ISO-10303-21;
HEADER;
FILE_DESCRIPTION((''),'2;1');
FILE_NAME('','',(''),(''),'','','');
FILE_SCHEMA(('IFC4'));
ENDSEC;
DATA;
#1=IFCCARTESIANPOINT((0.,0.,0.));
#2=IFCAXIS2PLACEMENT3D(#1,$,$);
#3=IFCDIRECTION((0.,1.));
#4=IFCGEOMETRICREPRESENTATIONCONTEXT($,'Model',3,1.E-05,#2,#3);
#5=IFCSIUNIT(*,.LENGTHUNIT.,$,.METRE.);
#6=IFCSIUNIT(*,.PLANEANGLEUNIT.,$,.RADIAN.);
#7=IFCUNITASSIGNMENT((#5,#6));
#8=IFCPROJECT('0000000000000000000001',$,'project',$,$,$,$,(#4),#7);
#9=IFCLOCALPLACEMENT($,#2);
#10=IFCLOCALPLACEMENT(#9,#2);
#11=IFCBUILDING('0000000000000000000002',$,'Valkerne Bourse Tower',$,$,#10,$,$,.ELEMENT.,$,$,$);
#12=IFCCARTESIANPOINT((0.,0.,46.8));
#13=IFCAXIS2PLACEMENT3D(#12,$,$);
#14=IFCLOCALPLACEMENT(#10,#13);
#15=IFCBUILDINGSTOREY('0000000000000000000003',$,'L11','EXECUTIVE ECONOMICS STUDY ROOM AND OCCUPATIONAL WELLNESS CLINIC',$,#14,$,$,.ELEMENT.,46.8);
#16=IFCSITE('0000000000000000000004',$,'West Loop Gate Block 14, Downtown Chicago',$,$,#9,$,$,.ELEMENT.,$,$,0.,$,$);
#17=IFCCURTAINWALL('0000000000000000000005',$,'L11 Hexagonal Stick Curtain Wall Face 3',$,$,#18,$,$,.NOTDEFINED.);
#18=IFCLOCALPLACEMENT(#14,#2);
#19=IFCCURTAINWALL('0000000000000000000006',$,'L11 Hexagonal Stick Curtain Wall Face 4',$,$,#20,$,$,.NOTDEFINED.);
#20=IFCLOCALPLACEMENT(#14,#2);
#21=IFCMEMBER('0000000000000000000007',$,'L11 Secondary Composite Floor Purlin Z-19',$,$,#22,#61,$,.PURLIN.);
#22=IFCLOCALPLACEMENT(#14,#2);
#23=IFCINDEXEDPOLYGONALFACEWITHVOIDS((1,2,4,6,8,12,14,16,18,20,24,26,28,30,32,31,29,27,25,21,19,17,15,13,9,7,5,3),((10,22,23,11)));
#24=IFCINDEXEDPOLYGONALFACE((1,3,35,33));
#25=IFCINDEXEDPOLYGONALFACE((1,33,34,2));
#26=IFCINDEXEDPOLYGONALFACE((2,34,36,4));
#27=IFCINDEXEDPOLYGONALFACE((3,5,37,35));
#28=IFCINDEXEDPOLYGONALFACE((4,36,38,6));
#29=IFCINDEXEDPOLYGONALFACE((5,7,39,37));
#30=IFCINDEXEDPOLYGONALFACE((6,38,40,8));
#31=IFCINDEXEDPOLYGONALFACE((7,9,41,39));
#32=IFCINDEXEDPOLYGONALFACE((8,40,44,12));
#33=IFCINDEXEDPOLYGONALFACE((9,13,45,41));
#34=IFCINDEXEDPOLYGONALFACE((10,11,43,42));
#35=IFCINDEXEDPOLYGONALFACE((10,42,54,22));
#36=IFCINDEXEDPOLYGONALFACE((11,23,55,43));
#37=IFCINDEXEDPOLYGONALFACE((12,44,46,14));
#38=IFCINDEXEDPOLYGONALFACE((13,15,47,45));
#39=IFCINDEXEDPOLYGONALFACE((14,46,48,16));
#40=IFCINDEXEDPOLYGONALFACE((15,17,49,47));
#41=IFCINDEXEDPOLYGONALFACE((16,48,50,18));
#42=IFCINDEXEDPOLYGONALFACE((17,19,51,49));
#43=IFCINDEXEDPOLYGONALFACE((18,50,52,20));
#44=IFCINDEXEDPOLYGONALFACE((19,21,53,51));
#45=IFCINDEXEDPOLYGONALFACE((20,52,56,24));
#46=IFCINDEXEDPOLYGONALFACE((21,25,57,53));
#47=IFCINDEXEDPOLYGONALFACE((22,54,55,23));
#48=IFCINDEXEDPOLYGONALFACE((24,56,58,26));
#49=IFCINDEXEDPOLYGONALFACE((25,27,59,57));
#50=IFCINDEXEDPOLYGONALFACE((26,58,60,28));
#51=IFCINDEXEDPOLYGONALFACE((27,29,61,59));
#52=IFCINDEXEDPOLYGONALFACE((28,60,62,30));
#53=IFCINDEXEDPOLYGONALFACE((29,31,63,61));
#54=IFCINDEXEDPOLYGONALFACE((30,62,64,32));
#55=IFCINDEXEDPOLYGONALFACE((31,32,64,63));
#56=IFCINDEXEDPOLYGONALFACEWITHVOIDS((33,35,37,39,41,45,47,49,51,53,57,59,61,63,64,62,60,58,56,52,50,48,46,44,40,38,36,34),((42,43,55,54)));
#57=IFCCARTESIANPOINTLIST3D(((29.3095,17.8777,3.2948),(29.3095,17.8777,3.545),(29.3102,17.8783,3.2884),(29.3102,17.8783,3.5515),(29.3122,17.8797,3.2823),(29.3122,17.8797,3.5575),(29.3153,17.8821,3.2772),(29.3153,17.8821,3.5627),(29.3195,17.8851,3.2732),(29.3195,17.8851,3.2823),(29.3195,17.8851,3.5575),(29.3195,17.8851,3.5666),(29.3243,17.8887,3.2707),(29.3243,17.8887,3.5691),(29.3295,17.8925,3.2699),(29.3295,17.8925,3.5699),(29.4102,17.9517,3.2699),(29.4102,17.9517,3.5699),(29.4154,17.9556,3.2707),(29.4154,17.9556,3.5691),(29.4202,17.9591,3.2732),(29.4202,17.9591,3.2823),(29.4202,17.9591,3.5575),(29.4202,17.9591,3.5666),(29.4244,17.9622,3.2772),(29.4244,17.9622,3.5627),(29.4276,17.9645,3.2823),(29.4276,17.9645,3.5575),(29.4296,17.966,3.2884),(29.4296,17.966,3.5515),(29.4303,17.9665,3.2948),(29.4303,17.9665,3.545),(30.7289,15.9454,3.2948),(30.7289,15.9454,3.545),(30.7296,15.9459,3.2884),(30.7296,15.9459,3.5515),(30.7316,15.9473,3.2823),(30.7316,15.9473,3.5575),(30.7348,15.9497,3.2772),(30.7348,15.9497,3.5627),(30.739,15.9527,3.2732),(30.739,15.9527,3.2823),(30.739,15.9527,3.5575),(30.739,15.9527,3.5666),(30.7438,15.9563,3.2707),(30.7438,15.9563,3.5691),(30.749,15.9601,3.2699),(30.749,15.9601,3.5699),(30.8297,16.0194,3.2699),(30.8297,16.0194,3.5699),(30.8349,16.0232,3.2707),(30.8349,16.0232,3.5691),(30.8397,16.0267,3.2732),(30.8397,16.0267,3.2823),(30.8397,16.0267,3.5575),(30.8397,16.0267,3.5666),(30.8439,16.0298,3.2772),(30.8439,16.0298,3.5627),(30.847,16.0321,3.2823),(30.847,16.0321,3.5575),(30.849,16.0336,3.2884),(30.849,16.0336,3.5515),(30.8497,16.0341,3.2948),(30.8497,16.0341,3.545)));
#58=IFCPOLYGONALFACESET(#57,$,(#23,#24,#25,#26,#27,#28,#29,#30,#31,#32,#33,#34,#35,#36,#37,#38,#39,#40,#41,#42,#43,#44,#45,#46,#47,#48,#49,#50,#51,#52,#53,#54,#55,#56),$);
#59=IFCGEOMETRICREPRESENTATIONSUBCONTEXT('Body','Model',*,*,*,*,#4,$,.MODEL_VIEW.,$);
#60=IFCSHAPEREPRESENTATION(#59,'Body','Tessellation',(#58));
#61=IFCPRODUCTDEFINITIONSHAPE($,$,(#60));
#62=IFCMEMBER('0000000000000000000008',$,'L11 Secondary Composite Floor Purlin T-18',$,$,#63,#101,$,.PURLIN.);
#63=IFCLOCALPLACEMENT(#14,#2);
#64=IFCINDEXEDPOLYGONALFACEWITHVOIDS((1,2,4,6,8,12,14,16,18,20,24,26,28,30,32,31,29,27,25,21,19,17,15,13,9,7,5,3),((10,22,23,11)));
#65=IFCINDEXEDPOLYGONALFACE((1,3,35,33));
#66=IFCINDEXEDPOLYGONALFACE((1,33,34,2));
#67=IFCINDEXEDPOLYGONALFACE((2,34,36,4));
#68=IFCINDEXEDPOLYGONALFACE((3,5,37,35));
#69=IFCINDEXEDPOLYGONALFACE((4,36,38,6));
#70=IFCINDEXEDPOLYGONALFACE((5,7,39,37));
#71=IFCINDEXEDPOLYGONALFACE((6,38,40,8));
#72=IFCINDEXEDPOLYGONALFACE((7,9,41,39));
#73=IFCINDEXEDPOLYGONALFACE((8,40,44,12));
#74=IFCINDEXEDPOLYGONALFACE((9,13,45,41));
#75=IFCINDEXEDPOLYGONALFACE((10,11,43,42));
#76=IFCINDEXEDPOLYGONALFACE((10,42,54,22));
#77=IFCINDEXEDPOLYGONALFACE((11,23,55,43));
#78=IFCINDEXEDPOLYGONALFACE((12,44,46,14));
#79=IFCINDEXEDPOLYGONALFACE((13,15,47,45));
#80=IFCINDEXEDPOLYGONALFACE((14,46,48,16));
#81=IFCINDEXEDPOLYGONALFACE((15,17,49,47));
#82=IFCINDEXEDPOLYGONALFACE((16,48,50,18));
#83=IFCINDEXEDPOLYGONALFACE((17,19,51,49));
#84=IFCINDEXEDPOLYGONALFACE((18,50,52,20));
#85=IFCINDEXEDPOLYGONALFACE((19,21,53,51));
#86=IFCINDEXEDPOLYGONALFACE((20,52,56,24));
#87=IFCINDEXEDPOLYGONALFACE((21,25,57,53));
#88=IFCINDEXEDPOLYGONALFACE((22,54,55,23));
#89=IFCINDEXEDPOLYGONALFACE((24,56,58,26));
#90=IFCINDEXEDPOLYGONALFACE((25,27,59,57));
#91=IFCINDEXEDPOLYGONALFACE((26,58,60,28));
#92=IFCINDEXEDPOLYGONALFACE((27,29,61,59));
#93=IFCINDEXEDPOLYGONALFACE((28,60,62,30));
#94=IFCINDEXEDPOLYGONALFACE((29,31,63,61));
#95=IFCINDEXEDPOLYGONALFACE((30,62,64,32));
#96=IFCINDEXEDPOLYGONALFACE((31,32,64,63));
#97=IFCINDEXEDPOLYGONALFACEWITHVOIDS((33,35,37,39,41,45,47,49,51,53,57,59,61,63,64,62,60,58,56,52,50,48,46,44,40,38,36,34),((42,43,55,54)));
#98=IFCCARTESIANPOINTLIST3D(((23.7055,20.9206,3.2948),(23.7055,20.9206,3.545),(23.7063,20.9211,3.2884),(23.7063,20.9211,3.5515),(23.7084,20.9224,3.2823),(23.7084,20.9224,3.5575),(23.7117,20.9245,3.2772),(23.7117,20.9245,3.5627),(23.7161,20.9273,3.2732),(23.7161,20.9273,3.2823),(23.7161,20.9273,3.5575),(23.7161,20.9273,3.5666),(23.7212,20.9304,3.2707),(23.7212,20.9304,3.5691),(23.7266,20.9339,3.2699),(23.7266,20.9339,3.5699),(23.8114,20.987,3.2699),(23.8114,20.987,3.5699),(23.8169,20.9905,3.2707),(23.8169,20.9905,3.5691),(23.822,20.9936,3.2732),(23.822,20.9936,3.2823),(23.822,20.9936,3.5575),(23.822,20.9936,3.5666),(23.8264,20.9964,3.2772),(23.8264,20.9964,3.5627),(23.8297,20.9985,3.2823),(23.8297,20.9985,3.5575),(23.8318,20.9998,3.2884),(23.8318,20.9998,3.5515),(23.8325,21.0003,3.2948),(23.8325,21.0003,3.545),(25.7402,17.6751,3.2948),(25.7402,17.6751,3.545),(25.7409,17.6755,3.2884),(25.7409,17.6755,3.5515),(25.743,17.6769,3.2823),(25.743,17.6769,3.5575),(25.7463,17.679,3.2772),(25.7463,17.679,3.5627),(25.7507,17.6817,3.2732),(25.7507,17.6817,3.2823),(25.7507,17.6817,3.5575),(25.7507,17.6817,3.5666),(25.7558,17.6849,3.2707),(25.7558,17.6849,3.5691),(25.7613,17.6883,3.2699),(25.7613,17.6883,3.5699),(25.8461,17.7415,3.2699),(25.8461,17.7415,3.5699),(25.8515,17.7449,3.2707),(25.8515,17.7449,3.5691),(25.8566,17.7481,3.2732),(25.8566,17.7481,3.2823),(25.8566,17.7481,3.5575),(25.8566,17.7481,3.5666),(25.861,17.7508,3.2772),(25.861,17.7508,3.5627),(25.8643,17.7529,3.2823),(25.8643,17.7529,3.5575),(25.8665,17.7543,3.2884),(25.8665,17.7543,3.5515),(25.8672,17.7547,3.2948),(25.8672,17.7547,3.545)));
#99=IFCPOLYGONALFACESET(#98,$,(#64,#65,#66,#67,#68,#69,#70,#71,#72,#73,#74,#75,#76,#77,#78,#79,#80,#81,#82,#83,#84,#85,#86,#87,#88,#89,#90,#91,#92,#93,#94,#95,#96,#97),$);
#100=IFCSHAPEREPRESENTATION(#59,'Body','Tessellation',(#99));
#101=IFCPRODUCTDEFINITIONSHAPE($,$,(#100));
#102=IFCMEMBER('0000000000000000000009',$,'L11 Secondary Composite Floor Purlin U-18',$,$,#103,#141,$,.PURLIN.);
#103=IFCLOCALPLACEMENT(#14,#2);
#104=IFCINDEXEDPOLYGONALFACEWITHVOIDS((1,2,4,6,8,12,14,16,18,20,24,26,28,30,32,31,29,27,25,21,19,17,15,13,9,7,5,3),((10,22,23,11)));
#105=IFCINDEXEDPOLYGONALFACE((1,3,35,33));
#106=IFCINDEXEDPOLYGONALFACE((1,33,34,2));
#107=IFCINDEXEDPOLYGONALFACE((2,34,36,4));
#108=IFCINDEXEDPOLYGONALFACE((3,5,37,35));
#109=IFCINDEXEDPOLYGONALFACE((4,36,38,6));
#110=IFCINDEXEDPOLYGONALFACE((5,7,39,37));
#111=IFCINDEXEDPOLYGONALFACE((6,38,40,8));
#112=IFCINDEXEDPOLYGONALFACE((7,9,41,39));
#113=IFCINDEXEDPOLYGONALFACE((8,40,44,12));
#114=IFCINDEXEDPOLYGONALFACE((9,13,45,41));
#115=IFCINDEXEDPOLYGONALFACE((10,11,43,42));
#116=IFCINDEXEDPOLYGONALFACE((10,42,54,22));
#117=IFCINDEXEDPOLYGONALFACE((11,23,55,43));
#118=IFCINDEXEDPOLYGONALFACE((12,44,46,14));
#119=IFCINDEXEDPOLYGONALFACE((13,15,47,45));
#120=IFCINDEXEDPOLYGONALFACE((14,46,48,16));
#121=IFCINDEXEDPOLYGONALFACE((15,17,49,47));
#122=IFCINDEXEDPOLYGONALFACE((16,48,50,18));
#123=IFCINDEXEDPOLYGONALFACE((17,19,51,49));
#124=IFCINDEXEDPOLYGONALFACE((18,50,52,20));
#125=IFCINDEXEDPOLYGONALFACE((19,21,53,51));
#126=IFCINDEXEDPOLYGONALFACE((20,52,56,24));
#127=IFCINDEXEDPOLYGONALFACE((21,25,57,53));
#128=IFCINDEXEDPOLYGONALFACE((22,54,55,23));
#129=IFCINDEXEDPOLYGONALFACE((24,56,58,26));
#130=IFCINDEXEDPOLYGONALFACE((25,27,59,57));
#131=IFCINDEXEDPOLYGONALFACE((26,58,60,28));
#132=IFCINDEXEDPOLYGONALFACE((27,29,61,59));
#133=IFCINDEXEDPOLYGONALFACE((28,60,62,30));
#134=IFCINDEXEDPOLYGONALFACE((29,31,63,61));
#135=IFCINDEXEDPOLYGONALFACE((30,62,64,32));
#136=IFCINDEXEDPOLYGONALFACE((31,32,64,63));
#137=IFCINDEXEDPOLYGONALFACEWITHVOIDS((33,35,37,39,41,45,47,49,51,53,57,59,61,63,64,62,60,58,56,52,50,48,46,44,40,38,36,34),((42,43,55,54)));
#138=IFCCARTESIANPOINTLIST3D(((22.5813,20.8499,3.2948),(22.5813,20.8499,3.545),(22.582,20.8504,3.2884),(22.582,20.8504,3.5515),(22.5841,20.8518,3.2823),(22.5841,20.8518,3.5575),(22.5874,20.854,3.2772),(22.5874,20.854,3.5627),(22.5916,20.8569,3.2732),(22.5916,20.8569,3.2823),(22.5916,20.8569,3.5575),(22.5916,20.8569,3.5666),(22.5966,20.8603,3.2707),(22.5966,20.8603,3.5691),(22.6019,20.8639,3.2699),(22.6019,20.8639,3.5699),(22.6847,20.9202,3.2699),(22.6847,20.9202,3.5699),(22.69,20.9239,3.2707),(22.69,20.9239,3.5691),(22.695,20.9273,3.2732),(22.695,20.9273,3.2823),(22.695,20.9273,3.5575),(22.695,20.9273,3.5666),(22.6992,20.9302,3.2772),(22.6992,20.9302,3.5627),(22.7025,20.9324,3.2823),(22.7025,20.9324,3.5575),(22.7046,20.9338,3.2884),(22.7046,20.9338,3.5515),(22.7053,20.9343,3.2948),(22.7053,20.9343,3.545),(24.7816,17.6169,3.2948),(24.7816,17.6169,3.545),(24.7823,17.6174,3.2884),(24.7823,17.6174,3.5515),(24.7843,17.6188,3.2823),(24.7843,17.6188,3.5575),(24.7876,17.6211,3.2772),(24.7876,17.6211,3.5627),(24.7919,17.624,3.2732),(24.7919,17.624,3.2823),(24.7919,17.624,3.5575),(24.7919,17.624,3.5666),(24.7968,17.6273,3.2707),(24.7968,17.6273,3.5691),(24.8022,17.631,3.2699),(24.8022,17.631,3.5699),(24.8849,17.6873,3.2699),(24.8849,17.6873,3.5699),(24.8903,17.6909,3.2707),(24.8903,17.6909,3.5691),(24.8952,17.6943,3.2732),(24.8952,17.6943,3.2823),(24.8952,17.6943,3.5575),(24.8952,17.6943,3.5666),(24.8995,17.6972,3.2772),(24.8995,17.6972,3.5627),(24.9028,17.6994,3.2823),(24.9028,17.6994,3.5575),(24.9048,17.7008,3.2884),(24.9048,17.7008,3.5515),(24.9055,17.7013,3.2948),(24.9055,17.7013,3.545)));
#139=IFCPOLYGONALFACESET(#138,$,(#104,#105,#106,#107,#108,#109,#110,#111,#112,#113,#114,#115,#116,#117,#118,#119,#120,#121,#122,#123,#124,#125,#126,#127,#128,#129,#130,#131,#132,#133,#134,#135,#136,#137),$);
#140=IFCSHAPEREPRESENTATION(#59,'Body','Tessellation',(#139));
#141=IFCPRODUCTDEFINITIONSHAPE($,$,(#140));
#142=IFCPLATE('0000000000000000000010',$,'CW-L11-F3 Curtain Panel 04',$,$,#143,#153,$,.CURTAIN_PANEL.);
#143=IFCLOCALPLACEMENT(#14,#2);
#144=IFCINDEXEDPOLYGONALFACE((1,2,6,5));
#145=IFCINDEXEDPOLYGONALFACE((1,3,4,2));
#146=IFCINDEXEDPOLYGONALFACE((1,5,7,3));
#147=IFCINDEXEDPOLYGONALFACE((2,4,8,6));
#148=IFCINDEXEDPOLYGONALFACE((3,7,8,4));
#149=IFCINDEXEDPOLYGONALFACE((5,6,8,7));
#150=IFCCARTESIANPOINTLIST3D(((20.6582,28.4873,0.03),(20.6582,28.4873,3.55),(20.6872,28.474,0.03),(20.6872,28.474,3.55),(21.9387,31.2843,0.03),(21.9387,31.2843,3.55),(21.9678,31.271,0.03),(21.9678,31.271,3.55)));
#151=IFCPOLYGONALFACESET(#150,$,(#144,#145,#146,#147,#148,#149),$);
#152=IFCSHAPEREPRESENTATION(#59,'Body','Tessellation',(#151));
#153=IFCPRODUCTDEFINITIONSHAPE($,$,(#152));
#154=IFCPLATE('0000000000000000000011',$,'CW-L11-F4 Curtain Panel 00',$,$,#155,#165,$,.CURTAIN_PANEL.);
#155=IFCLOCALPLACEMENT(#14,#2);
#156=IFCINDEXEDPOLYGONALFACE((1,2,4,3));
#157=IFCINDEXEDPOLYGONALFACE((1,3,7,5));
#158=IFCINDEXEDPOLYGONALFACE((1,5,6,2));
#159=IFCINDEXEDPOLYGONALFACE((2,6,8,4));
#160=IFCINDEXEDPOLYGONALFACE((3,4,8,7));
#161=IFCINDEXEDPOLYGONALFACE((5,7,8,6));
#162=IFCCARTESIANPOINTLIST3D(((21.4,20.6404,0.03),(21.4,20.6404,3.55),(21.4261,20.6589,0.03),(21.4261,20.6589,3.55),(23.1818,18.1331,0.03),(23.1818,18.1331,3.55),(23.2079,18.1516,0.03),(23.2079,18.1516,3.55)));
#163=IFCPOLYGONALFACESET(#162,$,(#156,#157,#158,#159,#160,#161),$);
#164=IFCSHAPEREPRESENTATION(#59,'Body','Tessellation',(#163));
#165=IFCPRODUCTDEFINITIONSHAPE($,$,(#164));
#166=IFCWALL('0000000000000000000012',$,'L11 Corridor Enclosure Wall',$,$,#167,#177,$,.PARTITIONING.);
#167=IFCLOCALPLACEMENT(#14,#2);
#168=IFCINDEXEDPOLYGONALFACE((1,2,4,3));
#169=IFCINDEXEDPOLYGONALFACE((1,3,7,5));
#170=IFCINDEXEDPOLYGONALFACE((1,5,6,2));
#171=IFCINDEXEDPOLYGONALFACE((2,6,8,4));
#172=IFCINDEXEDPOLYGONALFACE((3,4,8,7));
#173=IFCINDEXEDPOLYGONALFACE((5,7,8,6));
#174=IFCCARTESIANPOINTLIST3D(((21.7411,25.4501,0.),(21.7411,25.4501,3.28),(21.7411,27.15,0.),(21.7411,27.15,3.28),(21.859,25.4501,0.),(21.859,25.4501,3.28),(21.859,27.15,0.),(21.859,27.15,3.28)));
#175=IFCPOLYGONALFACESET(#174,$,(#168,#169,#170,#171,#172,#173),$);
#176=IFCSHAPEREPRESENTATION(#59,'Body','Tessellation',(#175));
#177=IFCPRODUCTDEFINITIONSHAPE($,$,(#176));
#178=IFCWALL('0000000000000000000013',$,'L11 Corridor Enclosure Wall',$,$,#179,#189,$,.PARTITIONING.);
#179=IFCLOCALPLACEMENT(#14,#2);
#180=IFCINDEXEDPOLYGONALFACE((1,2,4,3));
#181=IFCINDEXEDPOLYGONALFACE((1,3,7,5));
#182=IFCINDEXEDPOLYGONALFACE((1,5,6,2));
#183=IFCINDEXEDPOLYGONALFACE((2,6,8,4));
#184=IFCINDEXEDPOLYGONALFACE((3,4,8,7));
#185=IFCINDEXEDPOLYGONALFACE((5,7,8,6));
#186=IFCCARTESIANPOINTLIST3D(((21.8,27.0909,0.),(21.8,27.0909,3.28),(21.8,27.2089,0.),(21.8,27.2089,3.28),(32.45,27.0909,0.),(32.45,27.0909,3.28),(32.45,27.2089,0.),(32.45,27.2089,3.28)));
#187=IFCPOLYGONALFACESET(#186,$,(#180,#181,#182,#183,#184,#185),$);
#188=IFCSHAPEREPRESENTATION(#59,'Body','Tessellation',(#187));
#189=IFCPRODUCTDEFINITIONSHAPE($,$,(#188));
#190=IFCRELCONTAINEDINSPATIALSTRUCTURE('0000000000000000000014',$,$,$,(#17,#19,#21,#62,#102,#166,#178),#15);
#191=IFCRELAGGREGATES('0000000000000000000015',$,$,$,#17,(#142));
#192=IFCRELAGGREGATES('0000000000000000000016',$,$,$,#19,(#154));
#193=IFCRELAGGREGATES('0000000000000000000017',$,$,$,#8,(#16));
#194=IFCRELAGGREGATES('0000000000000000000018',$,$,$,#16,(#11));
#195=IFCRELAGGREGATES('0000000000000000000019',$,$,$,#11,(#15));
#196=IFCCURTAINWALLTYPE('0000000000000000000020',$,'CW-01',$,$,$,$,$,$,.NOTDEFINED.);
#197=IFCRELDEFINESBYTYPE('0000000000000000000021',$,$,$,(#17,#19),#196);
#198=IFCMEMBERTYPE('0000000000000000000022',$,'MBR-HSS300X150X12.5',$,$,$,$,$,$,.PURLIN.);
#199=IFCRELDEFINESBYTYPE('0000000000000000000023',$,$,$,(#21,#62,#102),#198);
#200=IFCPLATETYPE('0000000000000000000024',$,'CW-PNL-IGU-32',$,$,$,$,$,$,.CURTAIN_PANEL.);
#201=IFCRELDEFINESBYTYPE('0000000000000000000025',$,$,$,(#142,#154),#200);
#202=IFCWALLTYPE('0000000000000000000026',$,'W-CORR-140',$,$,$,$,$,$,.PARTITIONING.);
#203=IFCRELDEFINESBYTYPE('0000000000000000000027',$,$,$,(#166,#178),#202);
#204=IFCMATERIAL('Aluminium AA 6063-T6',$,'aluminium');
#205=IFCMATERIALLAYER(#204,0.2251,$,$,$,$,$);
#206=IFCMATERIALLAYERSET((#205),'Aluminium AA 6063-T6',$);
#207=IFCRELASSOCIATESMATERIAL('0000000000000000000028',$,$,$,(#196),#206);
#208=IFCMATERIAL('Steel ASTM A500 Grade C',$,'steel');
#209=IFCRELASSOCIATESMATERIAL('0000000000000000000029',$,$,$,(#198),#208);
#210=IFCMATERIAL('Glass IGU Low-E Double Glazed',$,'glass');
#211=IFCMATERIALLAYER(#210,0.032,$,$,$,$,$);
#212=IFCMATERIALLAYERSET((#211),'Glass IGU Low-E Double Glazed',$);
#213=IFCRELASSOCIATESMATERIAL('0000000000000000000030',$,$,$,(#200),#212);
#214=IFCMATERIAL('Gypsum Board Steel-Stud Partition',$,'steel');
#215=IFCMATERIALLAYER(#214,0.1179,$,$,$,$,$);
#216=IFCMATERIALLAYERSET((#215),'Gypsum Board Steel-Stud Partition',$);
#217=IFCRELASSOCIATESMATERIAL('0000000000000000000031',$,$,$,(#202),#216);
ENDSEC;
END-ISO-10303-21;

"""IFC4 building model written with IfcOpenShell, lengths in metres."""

from ifc_helpers import new_model, si_unit, direction, frame, frame_2d, origin, origin_2d, place, context, subcontext, project, spatial, rectangle, hollow_rectangle, extrude, material, layer, layer_set, material_profile, profile_set, type_object, element, aggregate, save


model = new_model("IFC4")

# Units and contexts
model_context = context("Model", 3, precision=1e-05, world=origin(), true_north=direction((0.0, 1.0)))
body_context = subcontext(model_context, "Body", "Model", "MODEL_VIEW")
ifc_project = project(units=[si_unit("LENGTHUNIT", "METRE"), si_unit("PLANEANGLEUNIT", "RADIAN")], contexts=[model_context])

# Site, building, storey
site_placement = place(None, origin())
site = spatial("IfcSite", under=ifc_project, at=site_placement, Name="West Loop Gate Block 14, Downtown Chicago", CompositionType="ELEMENT", RefElevation=0.0)
building_placement = place(site_placement, origin())
building = spatial("IfcBuilding", under=site, at=building_placement, Name="Valkerne Bourse Tower", CompositionType="ELEMENT")
storey_placement = place(building_placement, frame((0.0, 0.0, 46.8)))
storey = spatial("IfcBuildingStorey", under=building, at=storey_placement, Name="L11", Description="EXECUTIVE ECONOMICS STUDY ROOM AND OCCUPATIONAL WELLNESS CLINIC", CompositionType="ELEMENT", Elevation=46.8)

# Curtain walls
ifc_material_1 = material(Name="Aluminium AA 6063-T6", Category="aluminium")
ifc_layer_1 = layer(ifc_material_1, 0.2251)
ifc_layer_set_1 = layer_set([ifc_layer_1], Name="Aluminium AA 6063-T6")
curtain_wall_type = type_object("IfcCurtainWallType", Name="CW-01", PredefinedType="NOTDEFINED", material=ifc_layer_set_1)
curtain_wall_1_placement = place(storey_placement, origin())
curtain_wall_1 = element("IfcCurtainWall", 1, at=curtain_wall_1_placement, inside=storey, type_object=curtain_wall_type, Name="L11 Hexagonal Stick Curtain Wall Face 3", PredefinedType="NOTDEFINED")
curtain_wall_2_placement = place(storey_placement, origin())
curtain_wall_2 = element("IfcCurtainWall", 2, at=curtain_wall_2_placement, inside=storey, type_object=curtain_wall_type, Name="L11 Hexagonal Stick Curtain Wall Face 4", PredefinedType="NOTDEFINED")

# Members
ifc_material_2 = material(Name="Steel ASTM A500 Grade C", Category="steel")
ifc_material_profile_1 = material_profile(ifc_material_2, hollow_rectangle(XDim=0.1499, YDim=0.3, WallThickness=0.0125, OuterFilletRadius=0.0249, at=origin_2d()), Name="HSS300X150X12.5")
ifc_profile_set_1 = profile_set([ifc_material_profile_1], Name="Steel ASTM A500 Grade C")
member_type_1 = type_object("IfcMemberType", Name="MBR-HSS300X150X12.5", PredefinedType="PURLIN", material=ifc_profile_set_1)
member_1_placement = place(storey_placement, frame((29.3699, 17.9221, 3.4199), z_axis=(0.592004, -0.805935, 0.0), x_axis=(0.805935, 0.592004, 0.0)))
element("IfcMember", 3, at=member_1_placement, inside=storey, type_object=member_type_1, Name="L11 Secondary Composite Floor Purlin Z-19", PredefinedType="PURLIN", context=body_context, shape_type="SweptSolid", body=[
    extrude(hollow_rectangle(XDim=0.1499, YDim=0.3, WallThickness=0.0125, OuterFilletRadius=0.0249, at=origin_2d()), origin(), (0.0, 0.0, 1.0), 2.3977),
])
member_2_placement = place(storey_placement, frame((23.769, 20.9604, 3.4199), z_axis=(0.531156, -0.847274, 0.0), x_axis=(0.847274, 0.531156, 0.0)))
element("IfcMember", 4, at=member_2_placement, inside=storey, type_object=member_type_1, Name="L11 Secondary Composite Floor Purlin T-18", PredefinedType="PURLIN", context=body_context, shape_type="SweptSolid", body=[
    extrude(hollow_rectangle(XDim=0.1499, YDim=0.3, WallThickness=0.0125, OuterFilletRadius=0.0249, at=origin_2d()), origin(), (0.0, 0.0, 1.0), 3.8306),
])
member_3_placement = place(storey_placement, frame((22.6433, 20.8921, 3.4199), z_axis=(0.562628, -0.82671, 0.0), x_axis=(0.82671, 0.562628, 0.0)))
element("IfcMember", 5, at=member_3_placement, inside=storey, type_object=member_type_1, Name="L11 Secondary Composite Floor Purlin U-18", PredefinedType="PURLIN", context=body_context, shape_type="SweptSolid", body=[
    extrude(hollow_rectangle(XDim=0.1499, YDim=0.3, WallThickness=0.0125, OuterFilletRadius=0.0249, at=origin_2d()), origin(), (0.0, 0.0, 1.0), 3.9106),
])

# Plates
ifc_material_3 = material(Name="Glass IGU Low-E Double Glazed", Category="glass")
ifc_layer_2 = layer(ifc_material_3, 0.032)
ifc_layer_set_2 = layer_set([ifc_layer_2], Name="Glass IGU Low-E Double Glazed")
plate_type = type_object("IfcPlateType", Name="CW-PNL-IGU-32", PredefinedType="CURTAIN_PANEL", material=ifc_layer_set_2)
plate_1_placement = place(storey_placement, frame((21.313, 29.8792, 0.03), z_axis=(0.0, 0.0, 1.0), x_axis=(-0.41629, -0.909232, 0.0)))
plate_1 = element("IfcPlate", 6, at=plate_1_placement, type_object=plate_type, Name="CW-L11-F3 Curtain Panel 04", PredefinedType="CURTAIN_PANEL", context=body_context, shape_type="SweptSolid", body=[
    extrude(rectangle(XDim=3.0762, YDim=0.032, at=origin_2d()), origin(), (0.0, 0.0, 1.0), 3.52),
])
aggregate(curtain_wall_1, [plate_1])
plate_2_placement = place(storey_placement, frame((22.304, 19.396, 0.03), z_axis=(0.0, 0.0, 1.0), x_axis=(0.579286, -0.815124, 0.0)))
plate_2 = element("IfcPlate", 7, at=plate_2_placement, type_object=plate_type, Name="CW-L11-F4 Curtain Panel 00", PredefinedType="CURTAIN_PANEL", context=body_context, shape_type="SweptSolid", body=[
    extrude(rectangle(XDim=3.0759, YDim=0.032, at=origin_2d()), origin(), (0.0, 0.0, 1.0), 3.52),
])
aggregate(curtain_wall_2, [plate_2])

# Walls
ifc_material_4 = material(Name="Gypsum Board Steel-Stud Partition", Category="steel")
ifc_layer_3 = layer(ifc_material_4, 0.1179)
ifc_layer_set_3 = layer_set([ifc_layer_3], Name="Gypsum Board Steel-Stud Partition")
wall_type = type_object("IfcWallType", Name="W-CORR-140", PredefinedType="PARTITIONING", material=ifc_layer_set_3)
wall_1_placement = place(storey_placement, frame((21.8, 25.45, 0.0), z_axis=(0.0, 0.0, 1.0), x_axis=(0.0, 1.0, 0.0)))
element("IfcWall", 8, at=wall_1_placement, inside=storey, type_object=wall_type, Name="L11 Corridor Enclosure Wall", PredefinedType="PARTITIONING", context=body_context, shape_type="SweptSolid", body=[
    extrude(rectangle(XDim=1.7, YDim=0.1179, at=frame_2d((0.8501, 0.0))), origin(), (0.0, 0.0, 1.0), 3.28),
])
wall_2_placement = place(storey_placement, frame((21.8, 27.1499, 0.0), z_axis=(0.0, 0.0, 1.0), x_axis=(1.0, 0.0, 0.0)))
element("IfcWall", 9, at=wall_2_placement, inside=storey, type_object=wall_type, Name="L11 Corridor Enclosure Wall", PredefinedType="PARTITIONING", context=body_context, shape_type="SweptSolid", body=[
    extrude(rectangle(XDim=10.6499, YDim=0.1179, at=frame_2d((5.325, 0.0))), origin(), (0.0, 0.0, 1.0), 3.28),
])

save(model, "model.ifc")
